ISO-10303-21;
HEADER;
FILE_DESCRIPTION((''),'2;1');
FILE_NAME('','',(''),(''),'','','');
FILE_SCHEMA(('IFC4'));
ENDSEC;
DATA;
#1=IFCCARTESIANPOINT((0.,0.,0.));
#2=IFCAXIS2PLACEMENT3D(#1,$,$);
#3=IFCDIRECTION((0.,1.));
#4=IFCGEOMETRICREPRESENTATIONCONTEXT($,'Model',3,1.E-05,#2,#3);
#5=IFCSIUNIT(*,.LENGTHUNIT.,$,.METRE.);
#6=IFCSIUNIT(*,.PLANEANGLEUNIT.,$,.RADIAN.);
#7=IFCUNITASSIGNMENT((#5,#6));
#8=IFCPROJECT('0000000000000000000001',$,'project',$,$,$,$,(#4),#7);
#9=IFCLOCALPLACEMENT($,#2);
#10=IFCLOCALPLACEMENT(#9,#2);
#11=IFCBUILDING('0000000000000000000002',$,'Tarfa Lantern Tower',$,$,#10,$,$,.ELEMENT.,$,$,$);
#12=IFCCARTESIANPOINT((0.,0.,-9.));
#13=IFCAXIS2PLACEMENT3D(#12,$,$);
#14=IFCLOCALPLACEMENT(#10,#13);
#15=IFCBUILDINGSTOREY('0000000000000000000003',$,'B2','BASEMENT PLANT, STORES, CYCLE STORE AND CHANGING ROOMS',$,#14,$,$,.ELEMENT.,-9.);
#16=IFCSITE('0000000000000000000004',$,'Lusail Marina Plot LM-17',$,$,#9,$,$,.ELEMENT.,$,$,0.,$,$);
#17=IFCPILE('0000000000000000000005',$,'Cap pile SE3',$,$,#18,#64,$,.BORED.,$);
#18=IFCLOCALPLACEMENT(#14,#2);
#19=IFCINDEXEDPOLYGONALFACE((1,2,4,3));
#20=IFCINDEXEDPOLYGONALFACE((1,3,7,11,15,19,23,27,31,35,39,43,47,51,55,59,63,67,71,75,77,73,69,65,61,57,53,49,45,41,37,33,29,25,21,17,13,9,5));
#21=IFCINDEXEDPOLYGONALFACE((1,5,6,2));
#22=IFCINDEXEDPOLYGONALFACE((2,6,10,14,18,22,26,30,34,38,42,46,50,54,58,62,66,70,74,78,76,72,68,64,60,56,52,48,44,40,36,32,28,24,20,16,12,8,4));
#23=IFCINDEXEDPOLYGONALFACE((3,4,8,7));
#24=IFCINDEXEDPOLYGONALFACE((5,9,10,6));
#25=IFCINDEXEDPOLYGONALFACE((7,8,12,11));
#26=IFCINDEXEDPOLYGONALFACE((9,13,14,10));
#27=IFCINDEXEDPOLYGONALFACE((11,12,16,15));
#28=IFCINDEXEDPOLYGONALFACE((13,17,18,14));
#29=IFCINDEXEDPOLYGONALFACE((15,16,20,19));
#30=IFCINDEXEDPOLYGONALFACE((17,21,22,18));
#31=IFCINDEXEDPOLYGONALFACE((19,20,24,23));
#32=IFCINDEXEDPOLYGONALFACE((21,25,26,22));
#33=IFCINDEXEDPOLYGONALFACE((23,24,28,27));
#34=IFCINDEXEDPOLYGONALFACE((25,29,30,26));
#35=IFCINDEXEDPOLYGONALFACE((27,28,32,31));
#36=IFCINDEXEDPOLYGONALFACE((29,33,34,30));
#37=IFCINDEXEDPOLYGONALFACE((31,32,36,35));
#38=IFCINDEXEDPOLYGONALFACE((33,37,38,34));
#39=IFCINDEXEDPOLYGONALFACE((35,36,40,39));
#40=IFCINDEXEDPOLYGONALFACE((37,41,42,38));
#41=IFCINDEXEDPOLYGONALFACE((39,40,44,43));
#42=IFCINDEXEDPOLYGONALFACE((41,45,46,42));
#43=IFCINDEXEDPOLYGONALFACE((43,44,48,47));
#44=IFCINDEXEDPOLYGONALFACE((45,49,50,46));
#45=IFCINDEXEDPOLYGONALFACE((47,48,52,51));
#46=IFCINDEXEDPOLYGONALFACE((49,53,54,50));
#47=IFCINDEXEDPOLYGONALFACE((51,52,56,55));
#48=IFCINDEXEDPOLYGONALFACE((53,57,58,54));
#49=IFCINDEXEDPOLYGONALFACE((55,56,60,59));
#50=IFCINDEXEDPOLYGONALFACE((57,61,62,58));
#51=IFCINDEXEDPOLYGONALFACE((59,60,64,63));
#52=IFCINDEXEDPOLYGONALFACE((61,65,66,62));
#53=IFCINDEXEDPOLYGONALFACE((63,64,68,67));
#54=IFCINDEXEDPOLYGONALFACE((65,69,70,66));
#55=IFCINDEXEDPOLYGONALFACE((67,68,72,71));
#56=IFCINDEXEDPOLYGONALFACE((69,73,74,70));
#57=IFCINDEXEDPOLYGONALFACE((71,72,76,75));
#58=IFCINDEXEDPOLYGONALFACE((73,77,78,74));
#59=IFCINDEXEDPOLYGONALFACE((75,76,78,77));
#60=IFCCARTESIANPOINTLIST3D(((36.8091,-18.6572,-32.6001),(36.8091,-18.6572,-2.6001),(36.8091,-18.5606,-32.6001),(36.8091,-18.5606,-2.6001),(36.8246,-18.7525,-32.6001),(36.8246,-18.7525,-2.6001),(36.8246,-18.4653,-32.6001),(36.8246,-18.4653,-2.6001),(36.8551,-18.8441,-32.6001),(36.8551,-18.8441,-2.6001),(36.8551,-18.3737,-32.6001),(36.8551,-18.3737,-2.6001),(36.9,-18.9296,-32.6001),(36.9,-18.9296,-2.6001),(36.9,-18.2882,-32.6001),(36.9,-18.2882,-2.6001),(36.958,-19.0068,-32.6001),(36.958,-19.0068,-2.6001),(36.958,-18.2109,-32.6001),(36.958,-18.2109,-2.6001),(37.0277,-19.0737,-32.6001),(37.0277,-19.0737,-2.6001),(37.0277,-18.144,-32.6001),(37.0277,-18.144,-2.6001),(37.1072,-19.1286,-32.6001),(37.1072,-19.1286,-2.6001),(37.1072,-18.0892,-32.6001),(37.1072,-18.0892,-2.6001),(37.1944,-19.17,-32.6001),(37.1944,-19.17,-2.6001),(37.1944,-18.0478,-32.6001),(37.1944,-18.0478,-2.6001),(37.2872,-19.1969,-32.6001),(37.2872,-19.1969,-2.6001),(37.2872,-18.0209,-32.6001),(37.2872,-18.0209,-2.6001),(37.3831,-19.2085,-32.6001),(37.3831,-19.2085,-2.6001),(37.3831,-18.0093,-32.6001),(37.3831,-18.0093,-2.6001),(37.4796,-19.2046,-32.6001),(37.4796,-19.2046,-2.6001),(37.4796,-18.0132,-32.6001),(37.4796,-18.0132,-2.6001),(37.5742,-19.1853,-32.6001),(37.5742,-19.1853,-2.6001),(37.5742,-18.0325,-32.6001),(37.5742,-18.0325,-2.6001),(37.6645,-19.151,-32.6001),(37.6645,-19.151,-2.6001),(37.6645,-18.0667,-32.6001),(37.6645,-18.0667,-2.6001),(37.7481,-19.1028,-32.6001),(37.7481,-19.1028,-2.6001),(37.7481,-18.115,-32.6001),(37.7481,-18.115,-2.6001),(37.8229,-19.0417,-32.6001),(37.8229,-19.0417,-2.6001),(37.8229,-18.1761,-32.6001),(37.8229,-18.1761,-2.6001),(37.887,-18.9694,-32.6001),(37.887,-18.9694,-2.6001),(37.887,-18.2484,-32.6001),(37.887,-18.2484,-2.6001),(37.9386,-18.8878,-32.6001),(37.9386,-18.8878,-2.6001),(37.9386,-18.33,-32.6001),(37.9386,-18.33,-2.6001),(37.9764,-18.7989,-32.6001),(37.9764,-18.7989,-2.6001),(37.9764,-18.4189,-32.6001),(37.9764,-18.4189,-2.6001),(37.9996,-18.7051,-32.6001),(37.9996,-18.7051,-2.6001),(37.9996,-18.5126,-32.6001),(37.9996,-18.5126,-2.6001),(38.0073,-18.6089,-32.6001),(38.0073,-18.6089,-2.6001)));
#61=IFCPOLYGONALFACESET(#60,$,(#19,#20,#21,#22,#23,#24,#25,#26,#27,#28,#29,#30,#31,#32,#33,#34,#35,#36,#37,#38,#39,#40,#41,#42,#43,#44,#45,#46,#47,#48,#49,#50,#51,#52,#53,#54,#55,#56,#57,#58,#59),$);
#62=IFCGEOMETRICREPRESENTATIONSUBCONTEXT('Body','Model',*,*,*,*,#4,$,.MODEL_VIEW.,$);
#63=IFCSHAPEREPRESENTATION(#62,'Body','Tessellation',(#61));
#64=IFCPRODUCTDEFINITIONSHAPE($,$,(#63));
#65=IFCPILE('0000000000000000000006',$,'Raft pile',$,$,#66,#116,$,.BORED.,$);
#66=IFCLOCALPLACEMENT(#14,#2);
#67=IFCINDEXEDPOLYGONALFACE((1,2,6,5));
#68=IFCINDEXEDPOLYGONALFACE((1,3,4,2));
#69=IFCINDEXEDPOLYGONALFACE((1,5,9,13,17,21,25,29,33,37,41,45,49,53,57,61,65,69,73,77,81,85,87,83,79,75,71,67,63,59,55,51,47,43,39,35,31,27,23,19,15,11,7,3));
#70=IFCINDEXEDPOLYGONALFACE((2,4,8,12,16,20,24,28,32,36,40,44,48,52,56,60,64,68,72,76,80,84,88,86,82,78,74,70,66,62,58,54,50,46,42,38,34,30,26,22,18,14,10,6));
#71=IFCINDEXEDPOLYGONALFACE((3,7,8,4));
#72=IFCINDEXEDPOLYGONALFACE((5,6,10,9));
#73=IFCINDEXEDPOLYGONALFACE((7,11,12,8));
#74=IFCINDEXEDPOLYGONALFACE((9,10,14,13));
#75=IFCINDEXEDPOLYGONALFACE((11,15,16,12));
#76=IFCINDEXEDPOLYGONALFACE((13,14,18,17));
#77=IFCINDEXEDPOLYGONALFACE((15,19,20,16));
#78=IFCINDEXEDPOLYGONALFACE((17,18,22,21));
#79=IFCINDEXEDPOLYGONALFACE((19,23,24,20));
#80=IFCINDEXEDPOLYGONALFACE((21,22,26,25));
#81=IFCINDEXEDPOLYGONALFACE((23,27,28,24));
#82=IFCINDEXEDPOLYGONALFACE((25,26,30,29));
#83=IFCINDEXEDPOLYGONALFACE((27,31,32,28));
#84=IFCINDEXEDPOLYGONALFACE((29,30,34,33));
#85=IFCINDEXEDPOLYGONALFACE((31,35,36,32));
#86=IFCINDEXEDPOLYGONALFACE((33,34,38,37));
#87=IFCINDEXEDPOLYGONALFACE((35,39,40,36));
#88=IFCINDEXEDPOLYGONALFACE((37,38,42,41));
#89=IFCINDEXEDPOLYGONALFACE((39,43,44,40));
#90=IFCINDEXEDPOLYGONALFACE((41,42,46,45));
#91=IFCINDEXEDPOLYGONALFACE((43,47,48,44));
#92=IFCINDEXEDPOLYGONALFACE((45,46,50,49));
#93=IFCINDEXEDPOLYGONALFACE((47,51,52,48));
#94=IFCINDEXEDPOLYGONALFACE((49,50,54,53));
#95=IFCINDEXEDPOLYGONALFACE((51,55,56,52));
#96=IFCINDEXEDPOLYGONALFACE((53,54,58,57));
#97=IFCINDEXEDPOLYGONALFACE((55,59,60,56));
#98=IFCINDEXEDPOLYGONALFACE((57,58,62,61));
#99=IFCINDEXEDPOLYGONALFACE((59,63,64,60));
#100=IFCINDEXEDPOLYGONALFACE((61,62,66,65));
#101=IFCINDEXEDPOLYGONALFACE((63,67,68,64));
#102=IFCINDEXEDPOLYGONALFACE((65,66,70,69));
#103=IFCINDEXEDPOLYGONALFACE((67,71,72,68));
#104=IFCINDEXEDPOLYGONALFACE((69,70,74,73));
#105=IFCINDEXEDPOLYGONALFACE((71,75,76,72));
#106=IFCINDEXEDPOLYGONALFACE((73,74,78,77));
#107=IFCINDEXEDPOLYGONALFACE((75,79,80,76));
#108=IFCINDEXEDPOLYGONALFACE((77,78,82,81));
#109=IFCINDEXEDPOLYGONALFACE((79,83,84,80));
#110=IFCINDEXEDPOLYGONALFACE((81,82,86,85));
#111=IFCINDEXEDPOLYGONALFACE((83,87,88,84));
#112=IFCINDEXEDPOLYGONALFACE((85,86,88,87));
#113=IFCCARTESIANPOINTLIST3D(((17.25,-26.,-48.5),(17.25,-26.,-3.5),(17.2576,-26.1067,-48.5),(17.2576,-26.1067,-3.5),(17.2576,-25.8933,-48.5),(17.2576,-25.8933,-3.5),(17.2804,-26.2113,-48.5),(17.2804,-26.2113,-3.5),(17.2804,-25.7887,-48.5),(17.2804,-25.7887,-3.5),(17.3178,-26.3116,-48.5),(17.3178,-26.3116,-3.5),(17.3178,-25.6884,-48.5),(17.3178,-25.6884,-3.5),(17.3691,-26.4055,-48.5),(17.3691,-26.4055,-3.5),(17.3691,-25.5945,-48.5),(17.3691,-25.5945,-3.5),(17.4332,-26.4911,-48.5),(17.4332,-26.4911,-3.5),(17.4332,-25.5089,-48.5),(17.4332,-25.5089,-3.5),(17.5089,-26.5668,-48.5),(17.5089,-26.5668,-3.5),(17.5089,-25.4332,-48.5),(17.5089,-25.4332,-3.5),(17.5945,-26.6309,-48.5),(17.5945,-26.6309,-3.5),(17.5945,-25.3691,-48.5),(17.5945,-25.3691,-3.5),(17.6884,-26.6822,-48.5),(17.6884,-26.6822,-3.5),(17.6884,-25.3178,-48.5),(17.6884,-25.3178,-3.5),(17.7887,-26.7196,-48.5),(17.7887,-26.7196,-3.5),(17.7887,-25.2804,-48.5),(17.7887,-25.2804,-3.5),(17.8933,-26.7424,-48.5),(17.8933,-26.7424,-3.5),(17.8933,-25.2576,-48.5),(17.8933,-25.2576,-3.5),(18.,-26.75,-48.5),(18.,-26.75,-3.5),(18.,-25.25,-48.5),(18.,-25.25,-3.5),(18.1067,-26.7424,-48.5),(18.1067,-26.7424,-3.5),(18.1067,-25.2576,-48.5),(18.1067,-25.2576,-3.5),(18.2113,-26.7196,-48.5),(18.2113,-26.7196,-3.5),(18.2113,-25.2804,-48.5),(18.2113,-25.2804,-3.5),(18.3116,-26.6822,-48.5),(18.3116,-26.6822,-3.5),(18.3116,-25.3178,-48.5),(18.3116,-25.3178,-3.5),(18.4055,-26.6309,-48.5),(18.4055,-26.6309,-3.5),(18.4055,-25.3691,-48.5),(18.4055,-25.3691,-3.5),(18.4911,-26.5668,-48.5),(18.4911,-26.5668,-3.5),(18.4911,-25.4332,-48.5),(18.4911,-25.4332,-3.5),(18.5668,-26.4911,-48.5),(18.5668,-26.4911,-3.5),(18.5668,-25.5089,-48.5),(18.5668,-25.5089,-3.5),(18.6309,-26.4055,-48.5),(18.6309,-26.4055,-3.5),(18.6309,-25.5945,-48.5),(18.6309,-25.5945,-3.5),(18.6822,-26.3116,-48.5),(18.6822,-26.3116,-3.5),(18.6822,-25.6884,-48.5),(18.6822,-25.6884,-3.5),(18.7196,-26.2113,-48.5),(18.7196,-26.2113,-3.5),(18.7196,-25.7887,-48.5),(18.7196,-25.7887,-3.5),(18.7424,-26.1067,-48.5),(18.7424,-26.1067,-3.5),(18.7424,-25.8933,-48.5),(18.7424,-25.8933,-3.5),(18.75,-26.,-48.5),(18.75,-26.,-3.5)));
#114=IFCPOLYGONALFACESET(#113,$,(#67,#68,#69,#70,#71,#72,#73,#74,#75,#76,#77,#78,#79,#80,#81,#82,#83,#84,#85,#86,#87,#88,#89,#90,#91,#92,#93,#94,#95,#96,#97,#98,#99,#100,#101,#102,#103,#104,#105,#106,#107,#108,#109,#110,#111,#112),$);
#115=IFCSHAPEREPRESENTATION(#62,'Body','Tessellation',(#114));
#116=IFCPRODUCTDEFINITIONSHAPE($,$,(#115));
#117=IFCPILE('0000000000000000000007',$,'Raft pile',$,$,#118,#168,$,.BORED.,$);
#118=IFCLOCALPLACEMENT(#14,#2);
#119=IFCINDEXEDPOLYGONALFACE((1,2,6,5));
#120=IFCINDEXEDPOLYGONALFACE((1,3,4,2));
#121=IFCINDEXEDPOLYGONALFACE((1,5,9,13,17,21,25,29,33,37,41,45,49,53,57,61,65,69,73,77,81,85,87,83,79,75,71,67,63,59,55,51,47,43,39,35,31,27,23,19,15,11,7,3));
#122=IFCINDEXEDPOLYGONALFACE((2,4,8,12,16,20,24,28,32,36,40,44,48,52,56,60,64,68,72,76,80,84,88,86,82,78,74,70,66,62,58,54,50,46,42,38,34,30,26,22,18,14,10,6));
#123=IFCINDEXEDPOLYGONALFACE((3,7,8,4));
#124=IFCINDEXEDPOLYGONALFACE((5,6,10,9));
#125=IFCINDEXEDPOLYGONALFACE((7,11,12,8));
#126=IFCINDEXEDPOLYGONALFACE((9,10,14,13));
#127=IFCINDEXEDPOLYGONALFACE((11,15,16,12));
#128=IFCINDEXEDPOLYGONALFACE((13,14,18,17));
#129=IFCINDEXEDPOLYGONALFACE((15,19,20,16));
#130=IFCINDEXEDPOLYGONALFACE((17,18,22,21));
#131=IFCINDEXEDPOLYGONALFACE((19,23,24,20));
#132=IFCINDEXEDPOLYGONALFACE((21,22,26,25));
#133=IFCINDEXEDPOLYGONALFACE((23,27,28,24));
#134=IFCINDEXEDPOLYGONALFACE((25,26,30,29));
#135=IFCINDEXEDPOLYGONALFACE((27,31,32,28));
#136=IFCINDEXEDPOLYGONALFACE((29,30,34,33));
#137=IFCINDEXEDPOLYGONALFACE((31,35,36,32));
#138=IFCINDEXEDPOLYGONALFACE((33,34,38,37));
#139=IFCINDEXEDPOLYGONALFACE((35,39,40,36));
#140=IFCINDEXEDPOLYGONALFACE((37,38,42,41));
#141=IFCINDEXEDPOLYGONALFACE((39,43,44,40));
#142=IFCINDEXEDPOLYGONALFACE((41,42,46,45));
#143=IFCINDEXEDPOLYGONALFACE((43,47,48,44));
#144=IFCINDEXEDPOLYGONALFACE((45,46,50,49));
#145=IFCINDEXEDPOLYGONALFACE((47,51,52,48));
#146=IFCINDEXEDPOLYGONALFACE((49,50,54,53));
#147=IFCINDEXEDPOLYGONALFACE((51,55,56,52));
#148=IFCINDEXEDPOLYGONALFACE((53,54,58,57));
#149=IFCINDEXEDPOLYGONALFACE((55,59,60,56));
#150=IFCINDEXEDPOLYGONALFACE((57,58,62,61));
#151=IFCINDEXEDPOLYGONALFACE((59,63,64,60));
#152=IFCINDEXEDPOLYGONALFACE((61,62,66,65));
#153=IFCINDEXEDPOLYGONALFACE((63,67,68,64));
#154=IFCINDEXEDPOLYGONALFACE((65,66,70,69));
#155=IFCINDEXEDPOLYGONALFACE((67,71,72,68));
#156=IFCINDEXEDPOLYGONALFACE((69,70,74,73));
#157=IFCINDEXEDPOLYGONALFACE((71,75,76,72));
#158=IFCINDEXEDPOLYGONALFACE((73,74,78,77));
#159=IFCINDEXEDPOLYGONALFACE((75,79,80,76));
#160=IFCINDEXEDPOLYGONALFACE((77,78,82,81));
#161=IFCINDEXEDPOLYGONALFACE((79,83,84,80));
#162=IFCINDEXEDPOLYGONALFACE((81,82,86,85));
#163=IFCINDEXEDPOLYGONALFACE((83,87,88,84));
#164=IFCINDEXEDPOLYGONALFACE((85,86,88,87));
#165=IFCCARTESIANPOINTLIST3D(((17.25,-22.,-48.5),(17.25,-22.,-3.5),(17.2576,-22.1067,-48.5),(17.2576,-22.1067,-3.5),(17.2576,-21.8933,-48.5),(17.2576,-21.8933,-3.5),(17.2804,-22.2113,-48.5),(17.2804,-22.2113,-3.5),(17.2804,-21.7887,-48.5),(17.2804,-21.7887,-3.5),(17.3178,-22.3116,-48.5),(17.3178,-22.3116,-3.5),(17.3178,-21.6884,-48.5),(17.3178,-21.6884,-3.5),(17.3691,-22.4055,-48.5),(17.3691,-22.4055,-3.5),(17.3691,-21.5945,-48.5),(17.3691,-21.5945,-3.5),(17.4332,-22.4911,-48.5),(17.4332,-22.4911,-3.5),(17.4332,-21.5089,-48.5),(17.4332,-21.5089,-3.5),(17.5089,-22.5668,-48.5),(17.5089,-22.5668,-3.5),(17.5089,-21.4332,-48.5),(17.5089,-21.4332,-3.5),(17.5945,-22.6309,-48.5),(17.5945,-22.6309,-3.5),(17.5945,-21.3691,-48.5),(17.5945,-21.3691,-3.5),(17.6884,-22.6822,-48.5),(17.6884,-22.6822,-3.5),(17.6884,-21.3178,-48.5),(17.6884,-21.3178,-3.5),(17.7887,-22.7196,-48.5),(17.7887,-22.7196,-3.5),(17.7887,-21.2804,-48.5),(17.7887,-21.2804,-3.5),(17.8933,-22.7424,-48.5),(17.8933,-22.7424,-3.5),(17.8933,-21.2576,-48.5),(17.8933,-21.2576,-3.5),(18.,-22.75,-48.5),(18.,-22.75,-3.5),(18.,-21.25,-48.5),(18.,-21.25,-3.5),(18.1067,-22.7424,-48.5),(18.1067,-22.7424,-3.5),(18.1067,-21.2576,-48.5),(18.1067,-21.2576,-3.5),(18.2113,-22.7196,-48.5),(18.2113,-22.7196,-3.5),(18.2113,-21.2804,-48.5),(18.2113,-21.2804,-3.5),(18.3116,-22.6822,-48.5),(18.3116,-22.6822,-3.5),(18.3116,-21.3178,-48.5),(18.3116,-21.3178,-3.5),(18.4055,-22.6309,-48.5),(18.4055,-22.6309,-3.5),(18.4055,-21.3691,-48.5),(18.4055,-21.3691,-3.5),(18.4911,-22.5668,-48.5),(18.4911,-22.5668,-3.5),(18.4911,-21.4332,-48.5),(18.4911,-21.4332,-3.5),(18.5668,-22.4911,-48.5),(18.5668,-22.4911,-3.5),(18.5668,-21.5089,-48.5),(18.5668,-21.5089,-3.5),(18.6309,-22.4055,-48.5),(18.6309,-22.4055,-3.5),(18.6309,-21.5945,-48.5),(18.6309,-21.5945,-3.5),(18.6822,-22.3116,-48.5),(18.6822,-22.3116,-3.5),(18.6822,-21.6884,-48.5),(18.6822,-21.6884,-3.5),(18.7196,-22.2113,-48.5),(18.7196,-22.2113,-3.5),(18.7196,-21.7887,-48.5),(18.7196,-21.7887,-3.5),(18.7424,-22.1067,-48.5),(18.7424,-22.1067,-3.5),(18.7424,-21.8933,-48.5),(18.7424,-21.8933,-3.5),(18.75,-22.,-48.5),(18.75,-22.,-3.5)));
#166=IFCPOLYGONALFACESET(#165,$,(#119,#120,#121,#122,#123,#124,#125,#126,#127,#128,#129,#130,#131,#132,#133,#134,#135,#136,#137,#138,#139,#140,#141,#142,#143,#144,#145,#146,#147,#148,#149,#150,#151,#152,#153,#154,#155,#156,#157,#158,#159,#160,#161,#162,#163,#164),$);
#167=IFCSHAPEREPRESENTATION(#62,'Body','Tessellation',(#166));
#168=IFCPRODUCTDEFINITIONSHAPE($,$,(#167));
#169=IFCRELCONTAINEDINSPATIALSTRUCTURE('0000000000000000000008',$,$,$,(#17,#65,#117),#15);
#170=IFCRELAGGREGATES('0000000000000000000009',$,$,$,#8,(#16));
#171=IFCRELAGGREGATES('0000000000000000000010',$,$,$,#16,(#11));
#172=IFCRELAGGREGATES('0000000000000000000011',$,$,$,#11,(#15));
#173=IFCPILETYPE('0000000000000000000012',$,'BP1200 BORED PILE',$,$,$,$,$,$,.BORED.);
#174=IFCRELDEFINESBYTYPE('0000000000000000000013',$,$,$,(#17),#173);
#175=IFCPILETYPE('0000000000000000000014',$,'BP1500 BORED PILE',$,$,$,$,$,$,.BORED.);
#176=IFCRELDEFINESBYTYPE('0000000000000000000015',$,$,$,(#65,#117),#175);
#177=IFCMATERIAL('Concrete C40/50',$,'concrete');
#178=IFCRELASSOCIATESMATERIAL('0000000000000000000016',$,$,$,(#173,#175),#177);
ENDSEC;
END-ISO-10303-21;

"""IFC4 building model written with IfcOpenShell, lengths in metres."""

from ifc_helpers import new_model, si_unit, direction, frame, origin, origin_2d, place, context, subcontext, project, spatial, circle, extrude, material, material_profile, profile_set, type_object, element, save


model = new_model("IFC4")

# Units and contexts
model_context = context("Model", 3, precision=1e-05, world=origin(), true_north=direction((0.0, 1.0)))
body_context = subcontext(model_context, "Body", "Model", "MODEL_VIEW")
ifc_project = project(units=[si_unit("LENGTHUNIT", "METRE"), si_unit("PLANEANGLEUNIT", "RADIAN")], contexts=[model_context])

# Site, building, storey
site_placement = place(None, origin())
site = spatial("IfcSite", under=ifc_project, at=site_placement, Name="Lusail Marina Plot LM-17", CompositionType="ELEMENT", RefElevation=0.0)
building_placement = place(site_placement, origin())
building = spatial("IfcBuilding", under=site, at=building_placement, Name="Tarfa Lantern Tower", CompositionType="ELEMENT")
storey_placement = place(building_placement, frame((0.0, 0.0, -9.0)))
storey = spatial("IfcBuildingStorey", under=building, at=storey_placement, Name="B2", Description="BASEMENT PLANT, STORES, CYCLE STORE AND CHANGING ROOMS", CompositionType="ELEMENT", Elevation=-9.0)

# Piles
ifc_material_1 = material(Name="Concrete C40/50", Category="concrete")
ifc_material_profile_1 = material_profile(ifc_material_1, circle(Radius=0.6001, at=origin_2d()), Name="BORED PILE D1200")
ifc_profile_set_1 = profile_set([ifc_material_profile_1], Name="Concrete C40/50")
pile_type_1 = type_object("IfcPileType", Name="BP1200 BORED PILE", PredefinedType="BORED", material=ifc_profile_set_1)
for number, where, z_axis, x_axis, name in (
    (1, (37.4072, -18.6089, -2.6001), (0.0, 0.0, -1.0), (1.0, 0.0, 0.0), "Cap pile SE3"),
):
    element("IfcPile", number, at=place(storey_placement, frame(where, z_axis=z_axis, x_axis=x_axis)), inside=storey, type_object=pile_type_1, Name=name, PredefinedType="BORED", context=body_context, shape_type="SweptSolid", body=[
        extrude(circle(Radius=0.6001, at=origin_2d()), origin(), (0.0, 0.0, 1.0), 30.0),
    ])
ifc_material_profile_2 = material_profile(ifc_material_1, circle(Radius=0.75, at=origin_2d()), Name="BORED PILE D1500")
ifc_profile_set_2 = profile_set([ifc_material_profile_2], Name="Concrete C40/50")
pile_type_2 = type_object("IfcPileType", Name="BP1500 BORED PILE", PredefinedType="BORED", material=ifc_profile_set_2)
for number, where, z_axis, x_axis, name in (
    (2, (18.0, -26.0, -3.5), (0.0, 0.0, -1.0), (1.0, 0.0, 0.0), "Raft pile"),
    (3, (18.0, -22.0, -3.5), (0.0, 0.0, -1.0), (1.0, 0.0, 0.0), "Raft pile"),
):
    element("IfcPile", number, at=place(storey_placement, frame(where, z_axis=z_axis, x_axis=x_axis)), inside=storey, type_object=pile_type_2, Name=name, PredefinedType="BORED", context=body_context, shape_type="SweptSolid", body=[
        extrude(circle(Radius=0.75, at=origin_2d()), origin(), (0.0, 0.0, 1.0), 45.0),
    ])

save(model, "model.ifc")
